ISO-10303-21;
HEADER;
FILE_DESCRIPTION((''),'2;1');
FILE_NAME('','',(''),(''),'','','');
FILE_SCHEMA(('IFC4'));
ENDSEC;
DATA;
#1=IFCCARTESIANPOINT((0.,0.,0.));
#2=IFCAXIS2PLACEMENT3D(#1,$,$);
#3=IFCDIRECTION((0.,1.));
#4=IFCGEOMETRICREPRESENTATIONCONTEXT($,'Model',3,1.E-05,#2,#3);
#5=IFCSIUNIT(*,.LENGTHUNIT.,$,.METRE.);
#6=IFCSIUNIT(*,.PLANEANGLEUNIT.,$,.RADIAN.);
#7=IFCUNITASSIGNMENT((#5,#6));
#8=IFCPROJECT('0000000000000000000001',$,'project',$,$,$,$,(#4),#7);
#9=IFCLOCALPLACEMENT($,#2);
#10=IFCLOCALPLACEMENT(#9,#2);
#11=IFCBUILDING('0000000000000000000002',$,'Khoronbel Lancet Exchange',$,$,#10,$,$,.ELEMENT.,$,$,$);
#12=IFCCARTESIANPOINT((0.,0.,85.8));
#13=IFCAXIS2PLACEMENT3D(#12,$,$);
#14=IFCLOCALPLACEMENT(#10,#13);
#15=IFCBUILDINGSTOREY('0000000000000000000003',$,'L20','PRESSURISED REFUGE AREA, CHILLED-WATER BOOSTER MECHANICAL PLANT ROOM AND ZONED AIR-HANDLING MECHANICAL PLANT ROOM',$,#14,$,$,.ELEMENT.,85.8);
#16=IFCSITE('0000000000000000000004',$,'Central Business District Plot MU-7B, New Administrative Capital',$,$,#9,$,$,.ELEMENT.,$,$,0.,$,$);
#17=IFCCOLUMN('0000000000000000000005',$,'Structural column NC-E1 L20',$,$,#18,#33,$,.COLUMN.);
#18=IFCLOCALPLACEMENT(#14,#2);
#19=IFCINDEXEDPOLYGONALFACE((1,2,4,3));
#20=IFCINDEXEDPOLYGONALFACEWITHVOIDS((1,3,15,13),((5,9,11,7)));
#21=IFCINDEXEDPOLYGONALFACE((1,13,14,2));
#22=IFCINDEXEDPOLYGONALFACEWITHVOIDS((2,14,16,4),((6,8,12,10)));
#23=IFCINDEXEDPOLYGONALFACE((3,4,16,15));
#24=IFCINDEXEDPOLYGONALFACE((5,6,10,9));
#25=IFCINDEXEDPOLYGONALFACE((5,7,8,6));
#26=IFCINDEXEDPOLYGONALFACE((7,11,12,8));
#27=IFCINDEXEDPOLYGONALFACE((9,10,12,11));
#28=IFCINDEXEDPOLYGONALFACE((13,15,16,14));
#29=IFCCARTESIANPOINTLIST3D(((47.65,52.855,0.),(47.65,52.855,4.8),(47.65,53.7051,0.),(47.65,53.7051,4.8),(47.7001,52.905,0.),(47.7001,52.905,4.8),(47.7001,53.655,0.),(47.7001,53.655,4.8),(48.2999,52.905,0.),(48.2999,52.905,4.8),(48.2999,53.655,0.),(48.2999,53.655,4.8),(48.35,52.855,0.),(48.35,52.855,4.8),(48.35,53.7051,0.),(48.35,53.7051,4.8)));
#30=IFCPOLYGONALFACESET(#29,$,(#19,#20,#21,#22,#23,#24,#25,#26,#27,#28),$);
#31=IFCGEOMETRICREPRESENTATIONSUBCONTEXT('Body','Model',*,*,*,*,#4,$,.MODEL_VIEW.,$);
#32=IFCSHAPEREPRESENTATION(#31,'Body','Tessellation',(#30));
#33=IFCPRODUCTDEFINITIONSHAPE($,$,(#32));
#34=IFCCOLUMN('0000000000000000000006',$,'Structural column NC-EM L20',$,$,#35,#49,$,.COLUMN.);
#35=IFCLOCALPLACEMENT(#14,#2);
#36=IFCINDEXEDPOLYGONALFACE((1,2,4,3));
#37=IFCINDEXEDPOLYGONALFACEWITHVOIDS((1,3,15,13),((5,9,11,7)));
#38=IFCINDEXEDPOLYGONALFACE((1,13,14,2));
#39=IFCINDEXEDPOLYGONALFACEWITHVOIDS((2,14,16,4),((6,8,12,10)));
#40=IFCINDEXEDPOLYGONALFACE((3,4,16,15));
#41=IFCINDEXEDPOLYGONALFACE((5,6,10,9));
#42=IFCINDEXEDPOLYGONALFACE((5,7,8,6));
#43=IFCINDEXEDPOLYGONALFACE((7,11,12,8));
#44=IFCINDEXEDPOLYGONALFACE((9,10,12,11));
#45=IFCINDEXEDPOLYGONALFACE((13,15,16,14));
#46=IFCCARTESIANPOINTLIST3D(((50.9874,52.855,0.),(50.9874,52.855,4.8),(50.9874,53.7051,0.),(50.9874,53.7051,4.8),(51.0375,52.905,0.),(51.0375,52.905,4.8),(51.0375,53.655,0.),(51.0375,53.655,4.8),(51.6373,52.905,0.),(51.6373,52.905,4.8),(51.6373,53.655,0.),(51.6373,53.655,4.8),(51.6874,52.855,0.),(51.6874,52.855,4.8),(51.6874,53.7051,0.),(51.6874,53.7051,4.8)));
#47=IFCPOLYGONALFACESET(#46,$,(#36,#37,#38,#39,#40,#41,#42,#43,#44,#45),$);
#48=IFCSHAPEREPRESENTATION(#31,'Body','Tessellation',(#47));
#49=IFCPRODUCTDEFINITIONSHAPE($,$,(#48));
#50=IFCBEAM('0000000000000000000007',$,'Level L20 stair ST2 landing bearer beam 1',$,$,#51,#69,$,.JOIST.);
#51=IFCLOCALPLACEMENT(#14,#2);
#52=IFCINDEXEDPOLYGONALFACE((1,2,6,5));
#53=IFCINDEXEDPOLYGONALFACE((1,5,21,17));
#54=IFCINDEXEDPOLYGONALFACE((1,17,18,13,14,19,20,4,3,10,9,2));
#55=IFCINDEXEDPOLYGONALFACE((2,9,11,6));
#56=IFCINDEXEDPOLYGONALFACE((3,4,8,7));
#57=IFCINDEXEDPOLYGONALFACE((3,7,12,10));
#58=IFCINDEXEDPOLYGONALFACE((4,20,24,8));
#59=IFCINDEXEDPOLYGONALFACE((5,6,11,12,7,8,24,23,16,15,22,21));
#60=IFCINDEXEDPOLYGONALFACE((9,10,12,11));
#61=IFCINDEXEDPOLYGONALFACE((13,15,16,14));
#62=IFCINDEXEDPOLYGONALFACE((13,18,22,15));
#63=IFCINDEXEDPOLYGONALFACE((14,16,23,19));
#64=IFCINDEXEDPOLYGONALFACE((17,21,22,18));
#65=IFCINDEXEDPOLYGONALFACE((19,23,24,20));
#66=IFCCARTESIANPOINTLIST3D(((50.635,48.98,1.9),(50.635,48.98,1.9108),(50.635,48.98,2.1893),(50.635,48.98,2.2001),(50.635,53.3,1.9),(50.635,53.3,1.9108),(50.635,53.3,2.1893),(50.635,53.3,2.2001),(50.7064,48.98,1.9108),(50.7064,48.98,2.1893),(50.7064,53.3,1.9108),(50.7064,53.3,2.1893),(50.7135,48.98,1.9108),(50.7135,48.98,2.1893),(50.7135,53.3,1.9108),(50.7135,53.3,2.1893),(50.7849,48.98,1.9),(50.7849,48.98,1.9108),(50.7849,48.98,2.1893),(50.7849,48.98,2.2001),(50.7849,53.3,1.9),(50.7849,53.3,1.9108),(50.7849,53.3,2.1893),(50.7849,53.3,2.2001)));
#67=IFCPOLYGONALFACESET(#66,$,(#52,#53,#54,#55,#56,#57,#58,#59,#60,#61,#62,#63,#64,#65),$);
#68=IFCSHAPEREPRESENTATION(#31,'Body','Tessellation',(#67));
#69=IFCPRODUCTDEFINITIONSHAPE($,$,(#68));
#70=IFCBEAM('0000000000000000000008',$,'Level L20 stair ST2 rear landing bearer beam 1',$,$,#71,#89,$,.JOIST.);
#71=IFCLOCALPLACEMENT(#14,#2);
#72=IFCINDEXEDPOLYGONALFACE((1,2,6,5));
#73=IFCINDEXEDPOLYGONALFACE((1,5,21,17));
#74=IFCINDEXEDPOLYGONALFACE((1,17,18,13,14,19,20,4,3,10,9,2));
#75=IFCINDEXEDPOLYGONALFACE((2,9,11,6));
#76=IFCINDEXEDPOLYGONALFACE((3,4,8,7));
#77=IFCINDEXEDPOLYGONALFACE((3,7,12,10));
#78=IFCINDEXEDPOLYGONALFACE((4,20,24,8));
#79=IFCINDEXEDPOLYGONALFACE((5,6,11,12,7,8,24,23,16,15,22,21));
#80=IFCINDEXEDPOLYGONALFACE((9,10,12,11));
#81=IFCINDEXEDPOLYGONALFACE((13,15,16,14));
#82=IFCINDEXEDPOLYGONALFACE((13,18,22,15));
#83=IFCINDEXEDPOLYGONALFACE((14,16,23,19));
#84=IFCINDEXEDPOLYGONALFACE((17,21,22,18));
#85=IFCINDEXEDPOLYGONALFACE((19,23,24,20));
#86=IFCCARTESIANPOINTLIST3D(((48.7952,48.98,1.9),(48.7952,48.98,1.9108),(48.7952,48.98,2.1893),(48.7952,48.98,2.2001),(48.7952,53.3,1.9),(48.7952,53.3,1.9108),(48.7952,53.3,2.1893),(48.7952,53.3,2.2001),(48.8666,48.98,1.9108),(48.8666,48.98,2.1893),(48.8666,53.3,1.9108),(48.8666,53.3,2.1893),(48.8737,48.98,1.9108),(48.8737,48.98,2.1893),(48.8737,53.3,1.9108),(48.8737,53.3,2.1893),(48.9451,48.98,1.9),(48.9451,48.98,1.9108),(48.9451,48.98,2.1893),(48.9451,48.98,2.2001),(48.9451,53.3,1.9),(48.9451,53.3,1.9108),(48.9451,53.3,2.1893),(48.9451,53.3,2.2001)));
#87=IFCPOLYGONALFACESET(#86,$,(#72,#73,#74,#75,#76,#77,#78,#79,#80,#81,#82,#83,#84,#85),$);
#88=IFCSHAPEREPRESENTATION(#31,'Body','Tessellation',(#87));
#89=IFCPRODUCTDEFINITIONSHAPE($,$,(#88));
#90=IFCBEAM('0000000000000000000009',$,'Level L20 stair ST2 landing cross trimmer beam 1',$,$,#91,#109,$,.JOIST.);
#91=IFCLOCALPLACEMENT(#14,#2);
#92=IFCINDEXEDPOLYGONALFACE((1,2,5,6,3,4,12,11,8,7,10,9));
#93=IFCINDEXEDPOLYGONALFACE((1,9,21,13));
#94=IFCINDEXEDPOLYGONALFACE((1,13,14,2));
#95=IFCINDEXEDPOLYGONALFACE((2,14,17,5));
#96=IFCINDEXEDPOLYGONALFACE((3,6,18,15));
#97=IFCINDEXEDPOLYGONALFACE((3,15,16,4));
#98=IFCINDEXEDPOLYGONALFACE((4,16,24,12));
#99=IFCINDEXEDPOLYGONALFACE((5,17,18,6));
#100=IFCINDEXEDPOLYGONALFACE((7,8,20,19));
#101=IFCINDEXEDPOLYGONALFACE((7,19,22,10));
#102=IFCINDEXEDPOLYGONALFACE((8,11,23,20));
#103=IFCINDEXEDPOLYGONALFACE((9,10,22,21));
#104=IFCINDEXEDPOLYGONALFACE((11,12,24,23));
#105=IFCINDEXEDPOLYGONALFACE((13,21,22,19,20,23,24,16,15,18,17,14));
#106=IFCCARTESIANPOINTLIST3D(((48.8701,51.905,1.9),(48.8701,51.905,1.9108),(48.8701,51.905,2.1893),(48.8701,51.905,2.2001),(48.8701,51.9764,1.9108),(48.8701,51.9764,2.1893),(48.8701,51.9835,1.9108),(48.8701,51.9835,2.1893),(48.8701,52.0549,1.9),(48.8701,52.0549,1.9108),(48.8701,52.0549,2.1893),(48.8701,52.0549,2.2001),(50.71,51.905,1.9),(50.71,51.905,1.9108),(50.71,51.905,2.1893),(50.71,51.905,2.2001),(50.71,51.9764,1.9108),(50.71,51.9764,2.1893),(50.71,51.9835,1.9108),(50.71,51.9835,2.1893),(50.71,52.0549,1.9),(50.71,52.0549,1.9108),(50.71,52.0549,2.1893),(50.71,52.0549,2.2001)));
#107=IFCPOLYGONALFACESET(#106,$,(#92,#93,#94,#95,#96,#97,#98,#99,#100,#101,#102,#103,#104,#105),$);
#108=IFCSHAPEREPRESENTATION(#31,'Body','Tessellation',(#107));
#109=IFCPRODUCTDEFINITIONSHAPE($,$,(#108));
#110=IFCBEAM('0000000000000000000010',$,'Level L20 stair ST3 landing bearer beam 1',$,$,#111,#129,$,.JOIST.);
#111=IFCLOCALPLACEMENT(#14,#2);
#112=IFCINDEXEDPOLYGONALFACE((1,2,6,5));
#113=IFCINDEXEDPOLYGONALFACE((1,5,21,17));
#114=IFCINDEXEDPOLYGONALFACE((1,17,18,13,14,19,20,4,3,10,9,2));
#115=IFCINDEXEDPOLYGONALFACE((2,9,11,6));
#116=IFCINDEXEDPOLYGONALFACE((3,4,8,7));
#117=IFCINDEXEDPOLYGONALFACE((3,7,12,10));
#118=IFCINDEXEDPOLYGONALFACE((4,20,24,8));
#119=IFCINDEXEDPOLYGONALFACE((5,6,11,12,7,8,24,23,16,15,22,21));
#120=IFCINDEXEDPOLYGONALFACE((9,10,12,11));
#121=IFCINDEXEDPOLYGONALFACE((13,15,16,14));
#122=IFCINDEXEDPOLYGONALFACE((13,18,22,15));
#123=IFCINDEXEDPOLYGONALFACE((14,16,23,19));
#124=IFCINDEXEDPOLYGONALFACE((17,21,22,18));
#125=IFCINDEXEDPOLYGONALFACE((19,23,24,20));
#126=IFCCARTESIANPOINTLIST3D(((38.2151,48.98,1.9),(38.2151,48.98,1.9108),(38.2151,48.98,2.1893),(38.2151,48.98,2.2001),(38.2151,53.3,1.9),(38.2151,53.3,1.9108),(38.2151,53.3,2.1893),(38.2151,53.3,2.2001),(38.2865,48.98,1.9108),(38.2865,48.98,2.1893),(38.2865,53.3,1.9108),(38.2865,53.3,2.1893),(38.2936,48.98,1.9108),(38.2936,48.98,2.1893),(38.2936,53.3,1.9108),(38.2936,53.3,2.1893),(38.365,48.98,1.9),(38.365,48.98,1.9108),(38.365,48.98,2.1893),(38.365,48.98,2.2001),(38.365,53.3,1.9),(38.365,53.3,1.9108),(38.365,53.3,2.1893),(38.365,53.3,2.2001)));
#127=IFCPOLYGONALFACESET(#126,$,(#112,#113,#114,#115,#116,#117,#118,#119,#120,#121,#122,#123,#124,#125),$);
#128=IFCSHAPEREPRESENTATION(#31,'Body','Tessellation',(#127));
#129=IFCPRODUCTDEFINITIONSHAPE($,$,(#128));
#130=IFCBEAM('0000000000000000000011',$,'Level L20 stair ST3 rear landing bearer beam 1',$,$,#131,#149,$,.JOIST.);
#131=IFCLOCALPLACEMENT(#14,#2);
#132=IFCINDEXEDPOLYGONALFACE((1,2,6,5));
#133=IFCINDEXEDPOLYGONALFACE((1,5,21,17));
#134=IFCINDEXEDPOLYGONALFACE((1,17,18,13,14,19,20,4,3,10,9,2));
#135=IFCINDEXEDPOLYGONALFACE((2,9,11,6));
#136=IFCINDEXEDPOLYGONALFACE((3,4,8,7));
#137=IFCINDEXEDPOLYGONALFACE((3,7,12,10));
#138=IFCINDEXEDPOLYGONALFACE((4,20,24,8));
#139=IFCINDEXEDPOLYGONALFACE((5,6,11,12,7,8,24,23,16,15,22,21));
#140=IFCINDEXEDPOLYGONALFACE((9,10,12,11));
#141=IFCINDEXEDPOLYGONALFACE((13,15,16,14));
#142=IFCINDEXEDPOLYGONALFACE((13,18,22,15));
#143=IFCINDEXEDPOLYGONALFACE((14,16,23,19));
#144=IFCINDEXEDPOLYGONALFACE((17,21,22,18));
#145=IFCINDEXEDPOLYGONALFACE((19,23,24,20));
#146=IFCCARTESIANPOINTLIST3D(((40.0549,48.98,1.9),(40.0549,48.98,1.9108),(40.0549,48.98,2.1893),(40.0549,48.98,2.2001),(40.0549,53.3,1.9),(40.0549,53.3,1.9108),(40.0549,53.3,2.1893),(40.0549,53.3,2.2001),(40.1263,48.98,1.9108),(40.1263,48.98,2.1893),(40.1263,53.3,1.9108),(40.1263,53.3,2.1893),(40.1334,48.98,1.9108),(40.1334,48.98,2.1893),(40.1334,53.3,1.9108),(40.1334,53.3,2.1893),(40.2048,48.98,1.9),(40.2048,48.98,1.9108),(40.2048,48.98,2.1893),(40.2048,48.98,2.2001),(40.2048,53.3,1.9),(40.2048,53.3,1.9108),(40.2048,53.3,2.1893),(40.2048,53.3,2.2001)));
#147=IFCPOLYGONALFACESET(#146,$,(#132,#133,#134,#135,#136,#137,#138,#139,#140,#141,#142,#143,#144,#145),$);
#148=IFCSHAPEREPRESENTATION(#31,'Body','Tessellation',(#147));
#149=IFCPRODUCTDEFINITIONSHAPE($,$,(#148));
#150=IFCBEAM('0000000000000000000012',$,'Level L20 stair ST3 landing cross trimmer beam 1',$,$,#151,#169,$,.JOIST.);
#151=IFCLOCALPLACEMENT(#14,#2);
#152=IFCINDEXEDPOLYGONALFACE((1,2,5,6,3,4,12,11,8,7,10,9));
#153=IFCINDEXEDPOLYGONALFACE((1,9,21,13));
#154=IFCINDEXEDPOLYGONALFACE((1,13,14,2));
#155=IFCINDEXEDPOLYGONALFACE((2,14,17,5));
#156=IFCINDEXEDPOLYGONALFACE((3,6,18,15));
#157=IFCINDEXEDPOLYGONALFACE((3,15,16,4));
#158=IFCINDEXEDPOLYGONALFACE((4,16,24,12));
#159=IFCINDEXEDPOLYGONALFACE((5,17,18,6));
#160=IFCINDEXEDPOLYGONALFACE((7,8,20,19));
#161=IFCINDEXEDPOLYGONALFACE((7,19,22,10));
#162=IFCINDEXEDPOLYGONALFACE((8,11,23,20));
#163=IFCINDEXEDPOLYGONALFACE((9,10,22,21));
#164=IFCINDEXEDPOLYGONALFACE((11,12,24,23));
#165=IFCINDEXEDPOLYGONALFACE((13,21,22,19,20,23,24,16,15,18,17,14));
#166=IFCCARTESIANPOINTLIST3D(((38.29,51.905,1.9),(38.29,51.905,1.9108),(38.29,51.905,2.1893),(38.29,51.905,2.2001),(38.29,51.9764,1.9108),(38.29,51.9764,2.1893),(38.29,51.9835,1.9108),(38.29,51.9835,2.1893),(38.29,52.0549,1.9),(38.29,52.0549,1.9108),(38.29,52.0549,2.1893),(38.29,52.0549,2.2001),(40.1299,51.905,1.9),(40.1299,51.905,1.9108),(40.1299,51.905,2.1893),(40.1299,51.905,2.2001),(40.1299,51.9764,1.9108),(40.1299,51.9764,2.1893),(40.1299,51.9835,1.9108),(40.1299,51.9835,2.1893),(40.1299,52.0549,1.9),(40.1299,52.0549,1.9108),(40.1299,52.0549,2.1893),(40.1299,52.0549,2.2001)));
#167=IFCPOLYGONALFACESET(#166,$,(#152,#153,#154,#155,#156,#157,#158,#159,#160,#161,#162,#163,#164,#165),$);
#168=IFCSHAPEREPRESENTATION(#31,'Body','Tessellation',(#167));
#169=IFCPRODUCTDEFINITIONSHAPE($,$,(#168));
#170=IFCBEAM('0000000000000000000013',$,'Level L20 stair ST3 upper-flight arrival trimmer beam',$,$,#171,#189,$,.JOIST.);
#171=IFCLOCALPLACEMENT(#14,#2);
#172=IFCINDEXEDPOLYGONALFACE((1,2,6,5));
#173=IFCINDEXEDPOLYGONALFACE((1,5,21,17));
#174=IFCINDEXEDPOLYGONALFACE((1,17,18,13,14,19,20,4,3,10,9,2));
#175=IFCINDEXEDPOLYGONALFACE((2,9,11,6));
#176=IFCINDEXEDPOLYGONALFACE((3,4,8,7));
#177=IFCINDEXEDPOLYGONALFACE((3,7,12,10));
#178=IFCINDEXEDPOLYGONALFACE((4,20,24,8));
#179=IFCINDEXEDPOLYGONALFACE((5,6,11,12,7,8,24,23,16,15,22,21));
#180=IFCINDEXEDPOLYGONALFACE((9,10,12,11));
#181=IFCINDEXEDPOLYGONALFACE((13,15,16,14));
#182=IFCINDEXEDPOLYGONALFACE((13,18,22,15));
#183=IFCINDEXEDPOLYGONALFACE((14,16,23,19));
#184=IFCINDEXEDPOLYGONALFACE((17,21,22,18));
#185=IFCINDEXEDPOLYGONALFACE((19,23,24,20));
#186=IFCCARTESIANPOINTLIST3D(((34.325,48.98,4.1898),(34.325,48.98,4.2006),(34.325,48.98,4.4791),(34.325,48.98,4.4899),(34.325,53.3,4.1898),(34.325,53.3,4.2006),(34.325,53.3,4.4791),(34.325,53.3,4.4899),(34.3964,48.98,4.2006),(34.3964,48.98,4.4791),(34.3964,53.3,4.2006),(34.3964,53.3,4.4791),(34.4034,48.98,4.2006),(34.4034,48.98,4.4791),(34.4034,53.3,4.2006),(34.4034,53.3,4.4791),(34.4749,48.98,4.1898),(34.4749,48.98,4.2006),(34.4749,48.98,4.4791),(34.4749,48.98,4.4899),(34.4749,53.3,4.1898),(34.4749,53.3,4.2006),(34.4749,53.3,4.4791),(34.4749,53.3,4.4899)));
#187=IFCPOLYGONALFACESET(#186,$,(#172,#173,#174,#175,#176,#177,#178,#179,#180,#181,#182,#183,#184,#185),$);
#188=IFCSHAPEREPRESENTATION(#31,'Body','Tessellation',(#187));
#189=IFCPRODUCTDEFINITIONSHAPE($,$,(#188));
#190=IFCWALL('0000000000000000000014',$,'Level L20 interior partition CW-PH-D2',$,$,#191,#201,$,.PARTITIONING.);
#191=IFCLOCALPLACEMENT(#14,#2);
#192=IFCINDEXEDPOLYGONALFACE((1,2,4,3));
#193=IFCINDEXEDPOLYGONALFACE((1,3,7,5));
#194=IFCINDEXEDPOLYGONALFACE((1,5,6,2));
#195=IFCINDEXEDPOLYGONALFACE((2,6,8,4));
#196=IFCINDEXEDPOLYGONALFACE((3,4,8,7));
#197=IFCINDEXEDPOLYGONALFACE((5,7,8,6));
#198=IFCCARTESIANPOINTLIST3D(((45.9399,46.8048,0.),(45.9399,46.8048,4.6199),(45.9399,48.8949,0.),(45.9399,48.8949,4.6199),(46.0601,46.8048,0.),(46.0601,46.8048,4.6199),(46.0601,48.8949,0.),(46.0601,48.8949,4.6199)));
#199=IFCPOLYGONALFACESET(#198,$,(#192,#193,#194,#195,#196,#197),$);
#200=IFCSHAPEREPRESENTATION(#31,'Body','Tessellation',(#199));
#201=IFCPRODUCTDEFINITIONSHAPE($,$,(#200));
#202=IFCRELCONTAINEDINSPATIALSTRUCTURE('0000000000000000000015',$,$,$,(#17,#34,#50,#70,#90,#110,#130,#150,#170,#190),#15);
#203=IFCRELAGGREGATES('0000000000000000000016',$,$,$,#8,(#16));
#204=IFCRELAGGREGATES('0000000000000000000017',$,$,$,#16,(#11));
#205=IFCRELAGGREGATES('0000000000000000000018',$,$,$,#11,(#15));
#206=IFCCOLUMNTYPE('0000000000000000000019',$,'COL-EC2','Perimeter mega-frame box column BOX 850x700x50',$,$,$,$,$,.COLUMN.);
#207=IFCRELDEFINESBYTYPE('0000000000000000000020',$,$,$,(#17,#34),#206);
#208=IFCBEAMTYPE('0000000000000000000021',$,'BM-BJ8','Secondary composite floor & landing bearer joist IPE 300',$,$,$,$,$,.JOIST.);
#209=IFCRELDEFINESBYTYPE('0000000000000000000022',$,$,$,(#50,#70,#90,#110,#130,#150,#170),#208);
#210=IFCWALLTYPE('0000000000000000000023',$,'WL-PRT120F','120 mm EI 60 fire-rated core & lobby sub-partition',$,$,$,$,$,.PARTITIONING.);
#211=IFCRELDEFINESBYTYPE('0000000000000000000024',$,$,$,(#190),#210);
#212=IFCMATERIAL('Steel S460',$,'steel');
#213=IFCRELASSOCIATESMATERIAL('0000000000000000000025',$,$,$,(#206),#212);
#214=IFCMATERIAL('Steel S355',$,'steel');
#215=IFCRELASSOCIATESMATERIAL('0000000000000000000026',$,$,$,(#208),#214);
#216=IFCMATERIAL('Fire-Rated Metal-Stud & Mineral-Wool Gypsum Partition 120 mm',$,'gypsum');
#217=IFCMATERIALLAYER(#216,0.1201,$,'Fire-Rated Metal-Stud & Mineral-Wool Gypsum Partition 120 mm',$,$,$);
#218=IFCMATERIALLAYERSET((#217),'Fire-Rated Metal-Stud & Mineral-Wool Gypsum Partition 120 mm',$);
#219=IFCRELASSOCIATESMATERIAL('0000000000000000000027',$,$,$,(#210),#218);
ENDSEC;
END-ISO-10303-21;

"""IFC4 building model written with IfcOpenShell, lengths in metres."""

from ifc_helpers import new_model, si_unit, direction, frame, frame_2d, origin, origin_2d, place, context, subcontext, project, spatial, rectangle, hollow_rectangle, i_section, extrude, material, layer, layer_set, material_profile, profile_set, type_object, element, save


model = new_model("IFC4")

# Units and contexts
model_context = context("Model", 3, precision=1e-05, world=origin(), true_north=direction((0.0, 1.0)))
body_context = subcontext(model_context, "Body", "Model", "MODEL_VIEW")
ifc_project = project(units=[si_unit("LENGTHUNIT", "METRE"), si_unit("PLANEANGLEUNIT", "RADIAN")], contexts=[model_context])

# Site, building, storey
site_placement = place(None, origin())
site = spatial("IfcSite", under=ifc_project, at=site_placement, Name="Central Business District Plot MU-7B, New Administrative Capital", CompositionType="ELEMENT", RefElevation=0.0)
building_placement = place(site_placement, origin())
building = spatial("IfcBuilding", under=site, at=building_placement, Name="Khoronbel Lancet Exchange", CompositionType="ELEMENT")
storey_placement = place(building_placement, frame((0.0, 0.0, 85.8)))
storey = spatial("IfcBuildingStorey", under=building, at=storey_placement, Name="L20", Description="PRESSURISED REFUGE AREA, CHILLED-WATER BOOSTER MECHANICAL PLANT ROOM AND ZONED AIR-HANDLING MECHANICAL PLANT ROOM", CompositionType="ELEMENT", Elevation=85.8)

# Columns
ifc_material_1 = material(Name="Steel S460", Category="steel")
ifc_material_profile_1 = material_profile(ifc_material_1, hollow_rectangle(XDim=0.7, YDim=0.8501, WallThickness=0.05, at=origin_2d()), Name="BOX 850x700x50")
ifc_profile_set_1 = profile_set([ifc_material_profile_1], Name="Steel S460")
column_type = type_object("IfcColumnType", Name="COL-EC2", Description="Perimeter mega-frame box column BOX 850x700x50", PredefinedType="COLUMN", material=ifc_profile_set_1)
for number, where, z_axis, x_axis, name in (
    (1, (48.0, 53.28, 0.0), (0.0, 0.0, 1.0), (1.0, 0.0, 0.0), "Structural column NC-E1 L20"),
    (2, (51.3374, 53.28, 0.0), (0.0, 0.0, 1.0), (1.0, 0.0, 0.0), "Structural column NC-EM L20"),
):
    element("IfcColumn", number, at=place(storey_placement, frame(where, z_axis=z_axis, x_axis=x_axis)), inside=storey, type_object=column_type, Name=name, PredefinedType="COLUMN", context=body_context, shape_type="SweptSolid", body=[
        extrude(hollow_rectangle(XDim=0.7, YDim=0.8501, WallThickness=0.05, at=origin_2d()), origin(), (0.0, 0.0, 1.0), 4.8),
    ])

# Beams
ifc_material_2 = material(Name="Steel S355", Category="steel")
ifc_material_profile_2 = material_profile(ifc_material_2, i_section(OverallWidth=0.1499, OverallDepth=0.3, WebThickness=0.0071, FlangeThickness=0.0107, at=origin_2d()), Name="IPE 300")
ifc_profile_set_2 = profile_set([ifc_material_profile_2], Name="Steel S355")
beam_type = type_object("IfcBeamType", Name="BM-BJ8", Description="Secondary composite floor & landing bearer joist IPE 300", PredefinedType="JOIST", material=ifc_profile_set_2)
for number, where, z_axis, x_axis, name in (
    (3, (50.71, 48.98, 2.05), (0.0, 1.0, 0.0), (-1.0, 0.0, 0.0), "Level L20 stair ST2 landing bearer beam 1"),
    (4, (48.8701, 48.98, 2.05), (0.0, 1.0, 0.0), (-1.0, 0.0, 0.0), "Level L20 stair ST2 rear landing bearer beam 1"),
):
    element("IfcBeam", number, at=place(storey_placement, frame(where, z_axis=z_axis, x_axis=x_axis)), inside=storey, type_object=beam_type, Name=name, PredefinedType="JOIST", context=body_context, shape_type="SweptSolid", body=[
        extrude(i_section(OverallWidth=0.1499, OverallDepth=0.3, WebThickness=0.0071, FlangeThickness=0.0107, at=origin_2d()), origin(), (0.0, 0.0, 1.0), 4.3201),
    ])
beam_1_placement = place(storey_placement, frame((48.8701, 51.98, 2.05), z_axis=(1.0, 0.0, 0.0), x_axis=(0.0, 1.0, 0.0)))
element("IfcBeam", 5, at=beam_1_placement, inside=storey, type_object=beam_type, Name="Level L20 stair ST2 landing cross trimmer beam 1", PredefinedType="JOIST", context=body_context, shape_type="SweptSolid", body=[
    extrude(i_section(OverallWidth=0.1499, OverallDepth=0.3, WebThickness=0.0071, FlangeThickness=0.0107, at=origin_2d()), origin(), (0.0, 0.0, 1.0), 1.8398),
])
for number, where, z_axis, x_axis, name in (
    (6, (38.29, 48.98, 2.05), (0.0, 1.0, 0.0), (-1.0, 0.0, 0.0), "Level L20 stair ST3 landing bearer beam 1"),
    (7, (40.1299, 48.98, 2.05), (0.0, 1.0, 0.0), (-1.0, 0.0, 0.0), "Level L20 stair ST3 rear landing bearer beam 1"),
):
    element("IfcBeam", number, at=place(storey_placement, frame(where, z_axis=z_axis, x_axis=x_axis)), inside=storey, type_object=beam_type, Name=name, PredefinedType="JOIST", context=body_context, shape_type="SweptSolid", body=[
        extrude(i_section(OverallWidth=0.1499, OverallDepth=0.3, WebThickness=0.0071, FlangeThickness=0.0107, at=origin_2d()), origin(), (0.0, 0.0, 1.0), 4.3201),
    ])
beam_2_placement = place(storey_placement, frame((38.29, 51.98, 2.05), z_axis=(1.0, 0.0, 0.0), x_axis=(0.0, 1.0, 0.0)))
element("IfcBeam", 8, at=beam_2_placement, inside=storey, type_object=beam_type, Name="Level L20 stair ST3 landing cross trimmer beam 1", PredefinedType="JOIST", context=body_context, shape_type="SweptSolid", body=[
    extrude(i_section(OverallWidth=0.1499, OverallDepth=0.3, WebThickness=0.0071, FlangeThickness=0.0107, at=origin_2d()), origin(), (0.0, 0.0, 1.0), 1.8398),
])
beam_3_placement = place(storey_placement, frame((34.3999, 48.98, 4.3398), z_axis=(0.0, 1.0, 0.0), x_axis=(-1.0, 0.0, 0.0)))
element("IfcBeam", 9, at=beam_3_placement, inside=storey, type_object=beam_type, Name="Level L20 stair ST3 upper-flight arrival trimmer beam", PredefinedType="JOIST", context=body_context, shape_type="SweptSolid", body=[
    extrude(i_section(OverallWidth=0.1499, OverallDepth=0.3, WebThickness=0.0071, FlangeThickness=0.0107, at=origin_2d()), origin(), (0.0, 0.0, 1.0), 4.3201),
])

# Wall
ifc_material_3 = material(Name="Fire-Rated Metal-Stud & Mineral-Wool Gypsum Partition 120 mm", Category="gypsum")
ifc_layer_1 = layer(ifc_material_3, 0.1201, Name="Fire-Rated Metal-Stud & Mineral-Wool Gypsum Partition 120 mm")
ifc_layer_set_1 = layer_set([ifc_layer_1], Name="Fire-Rated Metal-Stud & Mineral-Wool Gypsum Partition 120 mm")
wall_type_1 = type_object("IfcWallType", Name="WL-PRT120F", Description="120 mm EI 60 fire-rated core & lobby sub-partition", PredefinedType="PARTITIONING", material=ifc_layer_set_1)
wall_1_placement = place(storey_placement, frame((46.0, 46.8049, 0.0), z_axis=(0.0, 0.0, 1.0), x_axis=(0.0, 1.0, 0.0)))
element("IfcWall", 10, at=wall_1_placement, inside=storey, type_object=wall_type_1, Name="Level L20 interior partition CW-PH-D2", PredefinedType="PARTITIONING", context=body_context, shape_type="SweptSolid", body=[
    extrude(rectangle(XDim=2.0901, YDim=0.1201, at=frame_2d((1.0449, 0.0))), origin(), (0.0, 0.0, 1.0), 4.6199),
])

save(model, "model.ifc")
